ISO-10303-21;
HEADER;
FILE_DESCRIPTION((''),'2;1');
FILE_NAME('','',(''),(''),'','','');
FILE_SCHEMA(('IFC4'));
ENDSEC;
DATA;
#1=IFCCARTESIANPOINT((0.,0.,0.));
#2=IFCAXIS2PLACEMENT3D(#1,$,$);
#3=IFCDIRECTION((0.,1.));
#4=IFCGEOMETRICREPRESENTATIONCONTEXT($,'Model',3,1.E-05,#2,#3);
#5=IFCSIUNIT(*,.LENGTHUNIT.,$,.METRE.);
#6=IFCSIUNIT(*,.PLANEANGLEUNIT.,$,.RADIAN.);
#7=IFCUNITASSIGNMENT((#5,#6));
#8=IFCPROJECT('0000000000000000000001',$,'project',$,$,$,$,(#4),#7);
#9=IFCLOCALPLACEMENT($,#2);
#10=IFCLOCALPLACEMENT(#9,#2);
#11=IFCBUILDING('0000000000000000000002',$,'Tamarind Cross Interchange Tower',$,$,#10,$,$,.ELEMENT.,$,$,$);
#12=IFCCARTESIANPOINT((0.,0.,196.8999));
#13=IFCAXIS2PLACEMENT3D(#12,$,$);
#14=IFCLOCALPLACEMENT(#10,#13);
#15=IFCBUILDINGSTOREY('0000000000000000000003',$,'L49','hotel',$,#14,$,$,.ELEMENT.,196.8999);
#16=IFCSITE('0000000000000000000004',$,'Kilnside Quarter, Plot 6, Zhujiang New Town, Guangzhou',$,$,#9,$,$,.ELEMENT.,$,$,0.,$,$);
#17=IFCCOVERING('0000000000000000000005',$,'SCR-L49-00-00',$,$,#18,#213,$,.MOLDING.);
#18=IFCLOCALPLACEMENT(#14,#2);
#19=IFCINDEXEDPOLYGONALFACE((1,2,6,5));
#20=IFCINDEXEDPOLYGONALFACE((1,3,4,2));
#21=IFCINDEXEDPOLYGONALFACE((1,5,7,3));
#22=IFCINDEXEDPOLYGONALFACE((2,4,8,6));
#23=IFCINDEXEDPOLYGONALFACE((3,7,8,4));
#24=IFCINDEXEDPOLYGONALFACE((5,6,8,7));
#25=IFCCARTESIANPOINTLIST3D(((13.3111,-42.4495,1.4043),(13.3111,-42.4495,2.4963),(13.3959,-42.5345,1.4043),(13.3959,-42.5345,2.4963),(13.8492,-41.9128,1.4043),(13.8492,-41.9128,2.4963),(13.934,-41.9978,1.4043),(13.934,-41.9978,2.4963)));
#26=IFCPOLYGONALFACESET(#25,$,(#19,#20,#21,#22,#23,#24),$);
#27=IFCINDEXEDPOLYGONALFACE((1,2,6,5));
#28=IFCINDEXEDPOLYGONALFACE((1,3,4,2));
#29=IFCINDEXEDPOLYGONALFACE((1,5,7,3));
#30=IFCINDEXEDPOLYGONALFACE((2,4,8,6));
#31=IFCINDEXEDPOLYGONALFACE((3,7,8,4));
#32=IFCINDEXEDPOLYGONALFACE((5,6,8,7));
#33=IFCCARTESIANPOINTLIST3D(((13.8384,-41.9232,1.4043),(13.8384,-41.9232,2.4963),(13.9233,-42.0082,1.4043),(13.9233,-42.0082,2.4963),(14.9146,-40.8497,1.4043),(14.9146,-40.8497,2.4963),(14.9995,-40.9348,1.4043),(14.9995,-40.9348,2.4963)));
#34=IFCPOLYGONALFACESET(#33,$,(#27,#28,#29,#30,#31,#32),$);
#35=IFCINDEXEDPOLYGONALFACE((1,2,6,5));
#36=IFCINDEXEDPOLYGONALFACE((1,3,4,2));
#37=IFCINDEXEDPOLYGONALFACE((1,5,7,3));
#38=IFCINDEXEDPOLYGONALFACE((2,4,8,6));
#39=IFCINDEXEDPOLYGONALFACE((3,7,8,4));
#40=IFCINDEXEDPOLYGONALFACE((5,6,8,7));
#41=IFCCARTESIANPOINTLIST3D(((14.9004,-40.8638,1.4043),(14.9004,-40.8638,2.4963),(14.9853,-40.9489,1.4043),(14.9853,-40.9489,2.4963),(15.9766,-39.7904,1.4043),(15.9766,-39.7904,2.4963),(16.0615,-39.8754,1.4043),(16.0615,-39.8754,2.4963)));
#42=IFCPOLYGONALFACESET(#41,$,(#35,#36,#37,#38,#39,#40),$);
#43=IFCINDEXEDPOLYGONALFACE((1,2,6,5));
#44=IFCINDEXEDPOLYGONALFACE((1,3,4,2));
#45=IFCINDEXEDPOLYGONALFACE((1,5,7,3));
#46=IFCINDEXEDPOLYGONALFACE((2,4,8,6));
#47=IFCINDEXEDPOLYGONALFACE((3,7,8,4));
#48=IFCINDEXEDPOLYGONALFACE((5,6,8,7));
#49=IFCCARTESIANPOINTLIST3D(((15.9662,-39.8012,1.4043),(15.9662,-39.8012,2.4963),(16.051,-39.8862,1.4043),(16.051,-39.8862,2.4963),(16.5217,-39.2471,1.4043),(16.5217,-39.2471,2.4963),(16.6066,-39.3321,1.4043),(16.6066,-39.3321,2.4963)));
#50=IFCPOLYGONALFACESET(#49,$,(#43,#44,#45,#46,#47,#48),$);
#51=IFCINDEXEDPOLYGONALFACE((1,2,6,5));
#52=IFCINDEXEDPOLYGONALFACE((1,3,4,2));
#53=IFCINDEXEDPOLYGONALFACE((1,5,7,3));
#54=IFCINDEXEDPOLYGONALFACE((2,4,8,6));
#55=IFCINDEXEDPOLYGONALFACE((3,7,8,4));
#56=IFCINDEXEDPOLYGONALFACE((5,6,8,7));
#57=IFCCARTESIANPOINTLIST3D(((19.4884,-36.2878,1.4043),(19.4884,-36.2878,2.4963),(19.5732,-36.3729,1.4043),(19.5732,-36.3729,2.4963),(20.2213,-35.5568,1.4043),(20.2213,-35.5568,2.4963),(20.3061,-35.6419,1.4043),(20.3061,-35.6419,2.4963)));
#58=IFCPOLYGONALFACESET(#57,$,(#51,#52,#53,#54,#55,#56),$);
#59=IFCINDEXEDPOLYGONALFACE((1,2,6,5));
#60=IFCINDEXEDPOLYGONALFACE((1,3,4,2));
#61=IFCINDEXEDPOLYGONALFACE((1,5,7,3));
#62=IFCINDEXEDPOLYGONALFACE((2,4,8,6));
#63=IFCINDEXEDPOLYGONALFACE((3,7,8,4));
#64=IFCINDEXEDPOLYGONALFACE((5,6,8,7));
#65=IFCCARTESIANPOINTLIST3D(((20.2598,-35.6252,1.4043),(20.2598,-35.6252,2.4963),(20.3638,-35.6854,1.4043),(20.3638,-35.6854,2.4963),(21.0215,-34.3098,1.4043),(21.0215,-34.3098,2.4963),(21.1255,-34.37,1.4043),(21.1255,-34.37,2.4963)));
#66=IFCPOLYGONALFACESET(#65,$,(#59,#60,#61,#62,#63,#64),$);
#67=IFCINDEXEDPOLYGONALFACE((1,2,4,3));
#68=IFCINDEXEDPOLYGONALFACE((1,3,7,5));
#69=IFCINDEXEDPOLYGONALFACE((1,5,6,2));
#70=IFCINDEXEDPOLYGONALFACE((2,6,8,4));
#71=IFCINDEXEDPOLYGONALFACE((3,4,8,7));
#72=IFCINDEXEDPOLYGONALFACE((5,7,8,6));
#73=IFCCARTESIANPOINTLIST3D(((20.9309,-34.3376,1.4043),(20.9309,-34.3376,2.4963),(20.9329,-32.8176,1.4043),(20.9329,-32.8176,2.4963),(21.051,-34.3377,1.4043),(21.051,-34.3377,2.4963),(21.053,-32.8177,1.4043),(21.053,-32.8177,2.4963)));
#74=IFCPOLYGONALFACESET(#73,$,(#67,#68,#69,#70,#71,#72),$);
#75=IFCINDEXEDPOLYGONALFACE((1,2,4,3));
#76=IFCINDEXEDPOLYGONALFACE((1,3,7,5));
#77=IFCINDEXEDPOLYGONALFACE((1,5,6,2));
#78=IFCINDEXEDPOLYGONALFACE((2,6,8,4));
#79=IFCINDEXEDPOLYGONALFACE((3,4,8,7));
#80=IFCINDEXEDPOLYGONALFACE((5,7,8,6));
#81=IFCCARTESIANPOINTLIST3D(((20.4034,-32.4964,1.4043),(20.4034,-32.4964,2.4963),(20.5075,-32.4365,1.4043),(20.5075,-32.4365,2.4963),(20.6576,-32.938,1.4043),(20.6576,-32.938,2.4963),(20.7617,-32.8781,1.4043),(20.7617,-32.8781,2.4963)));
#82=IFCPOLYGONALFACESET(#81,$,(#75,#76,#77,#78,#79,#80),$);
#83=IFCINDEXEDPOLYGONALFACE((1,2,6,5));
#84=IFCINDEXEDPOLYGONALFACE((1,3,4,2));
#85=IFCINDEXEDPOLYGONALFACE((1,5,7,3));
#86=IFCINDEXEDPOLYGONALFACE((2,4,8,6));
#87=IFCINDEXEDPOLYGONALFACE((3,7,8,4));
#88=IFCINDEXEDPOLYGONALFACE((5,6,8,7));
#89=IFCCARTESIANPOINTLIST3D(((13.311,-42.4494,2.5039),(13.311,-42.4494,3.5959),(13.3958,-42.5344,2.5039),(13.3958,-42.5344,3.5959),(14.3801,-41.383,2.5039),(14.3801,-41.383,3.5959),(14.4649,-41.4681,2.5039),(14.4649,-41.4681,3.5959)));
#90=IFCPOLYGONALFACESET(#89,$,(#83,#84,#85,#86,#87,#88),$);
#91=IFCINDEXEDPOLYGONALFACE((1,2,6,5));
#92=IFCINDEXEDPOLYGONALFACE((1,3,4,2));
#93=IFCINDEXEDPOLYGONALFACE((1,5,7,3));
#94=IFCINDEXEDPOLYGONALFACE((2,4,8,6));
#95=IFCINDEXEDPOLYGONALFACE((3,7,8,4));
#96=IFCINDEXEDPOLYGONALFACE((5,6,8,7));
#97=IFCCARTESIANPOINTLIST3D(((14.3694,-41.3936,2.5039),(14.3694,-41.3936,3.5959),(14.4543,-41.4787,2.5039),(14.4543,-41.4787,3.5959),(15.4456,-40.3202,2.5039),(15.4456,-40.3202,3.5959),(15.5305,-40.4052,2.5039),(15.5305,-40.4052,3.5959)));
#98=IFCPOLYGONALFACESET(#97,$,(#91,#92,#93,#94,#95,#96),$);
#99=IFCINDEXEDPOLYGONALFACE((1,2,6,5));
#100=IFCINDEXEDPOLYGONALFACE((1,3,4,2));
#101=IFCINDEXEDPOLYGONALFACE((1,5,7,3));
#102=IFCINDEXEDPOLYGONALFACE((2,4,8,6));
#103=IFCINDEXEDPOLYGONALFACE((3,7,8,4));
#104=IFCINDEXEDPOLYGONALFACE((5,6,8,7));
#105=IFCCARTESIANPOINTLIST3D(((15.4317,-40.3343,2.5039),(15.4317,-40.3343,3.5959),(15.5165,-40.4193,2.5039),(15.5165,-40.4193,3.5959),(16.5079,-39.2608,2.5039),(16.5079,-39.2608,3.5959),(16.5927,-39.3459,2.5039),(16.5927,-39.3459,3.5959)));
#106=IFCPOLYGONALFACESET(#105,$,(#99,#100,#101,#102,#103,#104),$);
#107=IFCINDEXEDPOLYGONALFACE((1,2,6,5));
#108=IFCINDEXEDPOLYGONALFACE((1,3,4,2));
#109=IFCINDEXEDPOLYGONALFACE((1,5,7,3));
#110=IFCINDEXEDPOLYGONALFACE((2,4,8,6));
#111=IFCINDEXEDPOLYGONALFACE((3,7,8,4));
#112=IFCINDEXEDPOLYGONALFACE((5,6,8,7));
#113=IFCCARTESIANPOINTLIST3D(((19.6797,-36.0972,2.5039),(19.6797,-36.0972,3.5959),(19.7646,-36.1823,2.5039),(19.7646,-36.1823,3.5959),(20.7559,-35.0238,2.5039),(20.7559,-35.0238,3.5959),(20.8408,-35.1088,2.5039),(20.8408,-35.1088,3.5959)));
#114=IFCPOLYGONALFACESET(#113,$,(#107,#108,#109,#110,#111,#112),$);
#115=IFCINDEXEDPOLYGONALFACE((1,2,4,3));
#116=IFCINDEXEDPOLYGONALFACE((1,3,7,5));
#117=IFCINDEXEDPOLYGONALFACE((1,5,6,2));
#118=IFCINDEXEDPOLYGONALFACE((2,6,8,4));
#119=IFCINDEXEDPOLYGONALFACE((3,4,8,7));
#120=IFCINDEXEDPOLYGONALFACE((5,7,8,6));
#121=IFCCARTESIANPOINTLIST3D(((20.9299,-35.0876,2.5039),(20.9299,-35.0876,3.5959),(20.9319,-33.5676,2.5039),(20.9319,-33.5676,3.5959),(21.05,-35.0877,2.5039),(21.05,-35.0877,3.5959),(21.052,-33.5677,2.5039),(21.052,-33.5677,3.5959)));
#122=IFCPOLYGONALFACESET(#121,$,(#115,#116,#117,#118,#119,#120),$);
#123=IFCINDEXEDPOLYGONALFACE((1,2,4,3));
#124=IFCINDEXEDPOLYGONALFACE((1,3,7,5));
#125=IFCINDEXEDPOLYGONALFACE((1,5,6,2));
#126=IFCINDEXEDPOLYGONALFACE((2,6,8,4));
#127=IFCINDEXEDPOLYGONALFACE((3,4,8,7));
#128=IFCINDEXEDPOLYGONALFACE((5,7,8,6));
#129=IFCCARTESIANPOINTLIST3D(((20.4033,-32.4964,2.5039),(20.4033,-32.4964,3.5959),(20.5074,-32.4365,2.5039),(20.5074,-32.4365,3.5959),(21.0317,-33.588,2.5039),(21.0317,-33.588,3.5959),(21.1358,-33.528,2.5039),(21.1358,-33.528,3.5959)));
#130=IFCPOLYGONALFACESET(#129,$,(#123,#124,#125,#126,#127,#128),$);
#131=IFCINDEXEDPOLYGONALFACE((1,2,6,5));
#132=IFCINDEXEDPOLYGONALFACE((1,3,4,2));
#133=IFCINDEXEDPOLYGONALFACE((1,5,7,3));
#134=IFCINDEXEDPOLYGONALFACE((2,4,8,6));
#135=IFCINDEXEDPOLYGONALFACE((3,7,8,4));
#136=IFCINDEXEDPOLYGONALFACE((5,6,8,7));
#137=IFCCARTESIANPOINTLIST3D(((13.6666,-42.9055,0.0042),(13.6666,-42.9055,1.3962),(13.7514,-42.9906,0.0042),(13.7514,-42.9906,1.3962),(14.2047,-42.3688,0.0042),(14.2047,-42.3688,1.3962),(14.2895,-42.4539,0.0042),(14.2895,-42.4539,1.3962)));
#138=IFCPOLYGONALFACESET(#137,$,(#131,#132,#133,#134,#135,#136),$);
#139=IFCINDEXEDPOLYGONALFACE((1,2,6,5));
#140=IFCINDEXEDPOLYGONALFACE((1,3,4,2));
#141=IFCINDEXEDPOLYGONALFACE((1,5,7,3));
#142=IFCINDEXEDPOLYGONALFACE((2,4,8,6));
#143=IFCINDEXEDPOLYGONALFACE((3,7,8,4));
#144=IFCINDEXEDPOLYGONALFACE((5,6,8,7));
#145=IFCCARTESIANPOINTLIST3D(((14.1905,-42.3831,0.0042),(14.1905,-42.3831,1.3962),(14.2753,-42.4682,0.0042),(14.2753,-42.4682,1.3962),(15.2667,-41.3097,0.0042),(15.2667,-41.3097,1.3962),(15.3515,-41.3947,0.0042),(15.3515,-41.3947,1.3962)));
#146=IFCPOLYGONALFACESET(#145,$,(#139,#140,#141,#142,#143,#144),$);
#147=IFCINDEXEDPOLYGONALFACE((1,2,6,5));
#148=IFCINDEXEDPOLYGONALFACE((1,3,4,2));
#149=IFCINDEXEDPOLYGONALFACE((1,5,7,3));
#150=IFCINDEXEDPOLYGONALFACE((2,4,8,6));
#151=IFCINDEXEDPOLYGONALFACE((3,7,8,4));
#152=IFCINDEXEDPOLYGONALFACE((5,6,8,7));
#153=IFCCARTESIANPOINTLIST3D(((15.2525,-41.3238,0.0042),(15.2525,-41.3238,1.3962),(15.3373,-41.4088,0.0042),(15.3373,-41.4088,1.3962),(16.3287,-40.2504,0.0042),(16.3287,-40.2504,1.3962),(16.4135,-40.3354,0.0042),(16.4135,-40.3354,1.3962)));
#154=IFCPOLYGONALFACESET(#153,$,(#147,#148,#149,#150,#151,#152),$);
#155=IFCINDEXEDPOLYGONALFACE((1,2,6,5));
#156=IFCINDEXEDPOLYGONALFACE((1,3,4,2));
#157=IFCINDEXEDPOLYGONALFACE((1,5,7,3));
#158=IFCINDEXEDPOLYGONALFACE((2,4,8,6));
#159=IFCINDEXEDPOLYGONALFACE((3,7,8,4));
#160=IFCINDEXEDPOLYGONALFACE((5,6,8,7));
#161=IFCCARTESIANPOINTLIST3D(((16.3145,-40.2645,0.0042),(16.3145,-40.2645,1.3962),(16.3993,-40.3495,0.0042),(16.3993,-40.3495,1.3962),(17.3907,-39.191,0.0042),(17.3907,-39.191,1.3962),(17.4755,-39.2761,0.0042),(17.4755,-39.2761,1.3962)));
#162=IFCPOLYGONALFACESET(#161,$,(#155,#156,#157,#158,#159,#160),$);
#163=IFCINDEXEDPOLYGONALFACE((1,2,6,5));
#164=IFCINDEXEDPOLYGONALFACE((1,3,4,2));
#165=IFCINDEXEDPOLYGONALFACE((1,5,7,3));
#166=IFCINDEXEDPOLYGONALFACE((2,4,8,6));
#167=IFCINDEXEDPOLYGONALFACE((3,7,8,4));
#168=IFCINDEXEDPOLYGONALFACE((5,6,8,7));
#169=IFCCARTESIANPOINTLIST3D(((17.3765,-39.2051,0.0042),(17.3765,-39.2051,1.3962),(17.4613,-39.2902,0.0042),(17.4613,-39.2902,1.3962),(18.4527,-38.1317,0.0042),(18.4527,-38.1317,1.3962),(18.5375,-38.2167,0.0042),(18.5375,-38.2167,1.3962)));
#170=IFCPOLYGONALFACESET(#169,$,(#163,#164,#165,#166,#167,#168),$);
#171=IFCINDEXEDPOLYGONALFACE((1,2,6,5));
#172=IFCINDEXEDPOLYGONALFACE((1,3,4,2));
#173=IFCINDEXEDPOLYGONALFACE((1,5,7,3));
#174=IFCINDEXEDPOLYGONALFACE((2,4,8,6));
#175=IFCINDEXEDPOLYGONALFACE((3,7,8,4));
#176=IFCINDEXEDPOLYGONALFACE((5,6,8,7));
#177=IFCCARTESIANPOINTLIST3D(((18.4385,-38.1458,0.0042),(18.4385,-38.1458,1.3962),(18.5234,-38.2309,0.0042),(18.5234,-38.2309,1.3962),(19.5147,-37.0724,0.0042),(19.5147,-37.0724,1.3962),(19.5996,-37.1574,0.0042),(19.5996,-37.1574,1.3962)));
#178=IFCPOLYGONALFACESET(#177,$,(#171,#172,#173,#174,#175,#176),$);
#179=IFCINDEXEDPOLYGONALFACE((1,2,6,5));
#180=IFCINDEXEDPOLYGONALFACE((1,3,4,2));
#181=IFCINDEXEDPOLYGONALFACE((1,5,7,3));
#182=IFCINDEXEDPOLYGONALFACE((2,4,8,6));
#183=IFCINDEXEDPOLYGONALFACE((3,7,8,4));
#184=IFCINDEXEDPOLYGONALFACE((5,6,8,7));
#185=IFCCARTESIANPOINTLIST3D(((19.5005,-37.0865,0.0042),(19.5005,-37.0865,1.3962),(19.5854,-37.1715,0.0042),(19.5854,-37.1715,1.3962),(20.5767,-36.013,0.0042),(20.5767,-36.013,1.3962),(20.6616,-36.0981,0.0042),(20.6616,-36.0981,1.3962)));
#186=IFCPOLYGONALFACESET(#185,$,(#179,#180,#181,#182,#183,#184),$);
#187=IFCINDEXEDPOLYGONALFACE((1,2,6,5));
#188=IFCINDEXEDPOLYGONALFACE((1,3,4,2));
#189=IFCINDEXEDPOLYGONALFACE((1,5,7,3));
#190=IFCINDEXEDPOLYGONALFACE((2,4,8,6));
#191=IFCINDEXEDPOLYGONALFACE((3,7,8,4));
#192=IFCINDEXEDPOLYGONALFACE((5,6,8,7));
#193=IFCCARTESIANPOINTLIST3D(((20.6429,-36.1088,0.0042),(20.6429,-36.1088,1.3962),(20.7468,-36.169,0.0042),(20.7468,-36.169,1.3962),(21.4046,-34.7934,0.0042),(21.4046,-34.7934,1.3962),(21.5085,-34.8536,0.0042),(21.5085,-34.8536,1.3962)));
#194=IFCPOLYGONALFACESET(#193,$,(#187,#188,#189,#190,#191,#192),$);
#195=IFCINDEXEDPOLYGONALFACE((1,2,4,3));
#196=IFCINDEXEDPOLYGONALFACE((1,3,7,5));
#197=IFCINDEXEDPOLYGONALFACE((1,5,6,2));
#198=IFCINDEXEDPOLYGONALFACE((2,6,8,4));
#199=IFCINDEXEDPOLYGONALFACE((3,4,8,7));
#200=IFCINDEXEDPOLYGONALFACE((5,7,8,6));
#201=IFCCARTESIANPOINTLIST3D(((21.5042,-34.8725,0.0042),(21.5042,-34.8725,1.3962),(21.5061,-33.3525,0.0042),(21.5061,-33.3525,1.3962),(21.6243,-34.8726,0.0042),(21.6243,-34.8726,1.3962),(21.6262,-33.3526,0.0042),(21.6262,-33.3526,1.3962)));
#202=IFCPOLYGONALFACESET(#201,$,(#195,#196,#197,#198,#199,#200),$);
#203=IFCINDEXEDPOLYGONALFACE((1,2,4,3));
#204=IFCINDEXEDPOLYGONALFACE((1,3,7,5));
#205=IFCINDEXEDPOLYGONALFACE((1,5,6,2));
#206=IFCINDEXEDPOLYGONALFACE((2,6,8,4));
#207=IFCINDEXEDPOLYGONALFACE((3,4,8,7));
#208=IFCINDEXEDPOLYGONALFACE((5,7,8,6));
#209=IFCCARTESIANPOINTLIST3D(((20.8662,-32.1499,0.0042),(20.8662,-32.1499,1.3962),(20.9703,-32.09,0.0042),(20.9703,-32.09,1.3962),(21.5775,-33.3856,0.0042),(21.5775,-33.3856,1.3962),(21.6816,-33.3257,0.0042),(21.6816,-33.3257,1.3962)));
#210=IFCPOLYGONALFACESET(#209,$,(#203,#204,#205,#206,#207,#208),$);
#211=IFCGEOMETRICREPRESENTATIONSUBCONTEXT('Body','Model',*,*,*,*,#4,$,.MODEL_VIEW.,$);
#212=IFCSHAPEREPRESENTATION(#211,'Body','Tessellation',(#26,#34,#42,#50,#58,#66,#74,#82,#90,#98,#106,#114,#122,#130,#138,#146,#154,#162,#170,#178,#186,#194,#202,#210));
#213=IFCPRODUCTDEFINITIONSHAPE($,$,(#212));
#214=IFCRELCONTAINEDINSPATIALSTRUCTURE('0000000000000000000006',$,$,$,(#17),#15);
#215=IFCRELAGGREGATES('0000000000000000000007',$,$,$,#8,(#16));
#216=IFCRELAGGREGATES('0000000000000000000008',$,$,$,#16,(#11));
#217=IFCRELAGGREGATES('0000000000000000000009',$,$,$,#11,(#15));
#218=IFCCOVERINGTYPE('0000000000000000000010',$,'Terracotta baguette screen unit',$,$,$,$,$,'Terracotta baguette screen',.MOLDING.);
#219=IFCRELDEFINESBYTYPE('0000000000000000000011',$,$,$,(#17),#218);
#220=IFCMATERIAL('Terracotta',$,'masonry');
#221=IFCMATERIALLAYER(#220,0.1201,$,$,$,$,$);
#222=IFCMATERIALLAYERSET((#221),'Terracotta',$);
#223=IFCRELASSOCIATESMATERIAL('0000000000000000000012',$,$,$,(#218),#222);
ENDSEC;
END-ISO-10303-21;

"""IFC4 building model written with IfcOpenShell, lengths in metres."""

from ifc_helpers import new_model, si_unit, direction, frame, origin, origin_2d, place, context, subcontext, project, spatial, rectangle, extrude, material, layer, layer_set, type_object, element, save


model = new_model("IFC4")

# Units and contexts
model_context = context("Model", 3, precision=1e-05, world=origin(), true_north=direction((0.0, 1.0)))
body_context = subcontext(model_context, "Body", "Model", "MODEL_VIEW")
ifc_project = project(units=[si_unit("LENGTHUNIT", "METRE"), si_unit("PLANEANGLEUNIT", "RADIAN")], contexts=[model_context])

# Site, building, storey
site_placement = place(None, origin())
site = spatial("IfcSite", under=ifc_project, at=site_placement, Name="Kilnside Quarter, Plot 6, Zhujiang New Town, Guangzhou", CompositionType="ELEMENT", RefElevation=0.0)
building_placement = place(site_placement, origin())
building = spatial("IfcBuilding", under=site, at=building_placement, Name="Tamarind Cross Interchange Tower", CompositionType="ELEMENT")
storey_placement = place(building_placement, frame((0.0, 0.0, 196.8999)))
storey = spatial("IfcBuildingStorey", under=building, at=storey_placement, Name="L49", Description="hotel", CompositionType="ELEMENT", Elevation=196.8999)

# Covering
ifc_material_1 = material(Name="Terracotta", Category="masonry")
ifc_layer_1 = layer(ifc_material_1, 0.1201)
ifc_layer_set_1 = layer_set([ifc_layer_1], Name="Terracotta")
covering_type = type_object("IfcCoveringType", Name="Terracotta baguette screen unit", ElementType="Terracotta baguette screen", PredefinedType="MOLDING", material=ifc_layer_set_1)
covering_1_placement = place(storey_placement, origin())
element("IfcCovering", 1, at=covering_1_placement, inside=storey, type_object=covering_type, Name="SCR-L49-00-00", PredefinedType="MOLDING", context=body_context, shape_type="SweptSolid", body=[
    extrude(rectangle(XDim=0.76, YDim=0.1201, at=origin_2d()), frame((13.6226, -42.2236, 1.4043), z_axis=(0.0, 0.0, 1.0), x_axis=(0.708015, 0.706198, 0.0)), (0.0, 0.0, 1.0), 1.092),
    extrude(rectangle(XDim=1.52, YDim=0.1201, at=origin_2d()), frame((14.4189, -41.429, 1.4043), z_axis=(0.0, 0.0, 1.0), x_axis=(0.708015, 0.706198, 0.0)), (0.0, 0.0, 1.0), 1.092),
    extrude(rectangle(XDim=1.52, YDim=0.1201, at=origin_2d()), frame((15.481, -40.3696, 1.4043), z_axis=(0.0, 0.0, 1.0), x_axis=(0.708015, 0.706198, 0.0)), (0.0, 0.0, 1.0), 1.092),
    extrude(rectangle(XDim=0.7847, YDim=0.1201, at=origin_2d()), frame((16.2864, -39.5667, 1.4043), z_axis=(0.0, 0.0, 1.0), x_axis=(0.708015, 0.706198, 0.0)), (0.0, 0.0, 1.0), 1.092),
    extrude(rectangle(XDim=1.0352, YDim=0.1201, at=origin_2d()), frame((19.8972, -35.9648, 1.4043), z_axis=(0.0, 0.0, 1.0), x_axis=(0.708015, 0.706198, 0.0)), (0.0, 0.0, 1.0), 1.092),
    extrude(rectangle(XDim=1.52, YDim=0.1201, at=origin_2d()), frame((20.6926, -34.9976, 1.4043), z_axis=(0.0, 0.0, 1.0), x_axis=(0.501112, 0.865382, 0.0)), (0.0, 0.0, 1.0), 1.092),
    extrude(rectangle(XDim=1.52, YDim=0.1201, at=origin_2d()), frame((20.9919, -33.5776, 1.4043), z_axis=(0.0, 0.0, 1.0), x_axis=(0.001285, 0.999999, 0.0)), (0.0, 0.0, 1.0), 1.092),
    extrude(rectangle(XDim=0.5095, YDim=0.1201, at=origin_2d()), frame((20.5825, -32.6873, 1.4043), z_axis=(0.0, 0.0, 1.0), x_axis=(-0.498887, 0.866667, 0.0)), (0.0, 0.0, 1.0), 1.092),
    extrude(rectangle(XDim=1.51, YDim=0.1201, at=origin_2d()), frame((13.8879, -41.9587, 2.5039), z_axis=(0.0, 0.0, 1.0), x_axis=(0.708015, 0.706198, 0.0)), (0.0, 0.0, 1.0), 1.092),
    extrude(rectangle(XDim=1.52, YDim=0.1201, at=origin_2d()), frame((14.95, -40.8994, 2.5039), z_axis=(0.0, 0.0, 1.0), x_axis=(0.708015, 0.706198, 0.0)), (0.0, 0.0, 1.0), 1.092),
    extrude(rectangle(XDim=1.52, YDim=0.1201, at=origin_2d()), frame((16.0122, -39.8401, 2.5039), z_axis=(0.0, 0.0, 1.0), x_axis=(0.708015, 0.706198, 0.0)), (0.0, 0.0, 1.0), 1.092),
    extrude(rectangle(XDim=1.52, YDim=0.1201, at=origin_2d()), frame((20.2603, -35.603, 2.5039), z_axis=(0.0, 0.0, 1.0), x_axis=(0.708015, 0.706198, 0.0)), (0.0, 0.0, 1.0), 1.092),
    extrude(rectangle(XDim=1.52, YDim=0.1201, at=origin_2d()), frame((20.991, -34.3276, 2.5039), z_axis=(0.0, 0.0, 1.0), x_axis=(0.001285, 0.999999, 0.0)), (0.0, 0.0, 1.0), 1.092),
    extrude(rectangle(XDim=1.2595, YDim=0.1201, at=origin_2d()), frame((20.7695, -33.0122, 2.5039), z_axis=(0.0, 0.0, 1.0), x_axis=(-0.498887, 0.866667, 0.0)), (0.0, 0.0, 1.0), 1.092),
    extrude(rectangle(XDim=0.76, YDim=0.1201, at=origin_2d()), frame((13.978, -42.6797, 0.0042), z_axis=(0.0, 0.0, 1.0), x_axis=(0.708015, 0.706198, 0.0)), (0.0, 0.0, 1.0), 1.3921),
    extrude(rectangle(XDim=1.52, YDim=0.1201, at=origin_2d()), frame((14.771, -41.8889, 0.0042), z_axis=(0.0, 0.0, 1.0), x_axis=(0.708015, 0.706198, 0.0)), (0.0, 0.0, 1.0), 1.3921),
    extrude(rectangle(XDim=1.52, YDim=0.1201, at=origin_2d()), frame((15.833, -40.8296, 0.0042), z_axis=(0.0, 0.0, 1.0), x_axis=(0.708015, 0.706198, 0.0)), (0.0, 0.0, 1.0), 1.3921),
    extrude(rectangle(XDim=1.52, YDim=0.1201, at=origin_2d()), frame((16.895, -39.7703, 0.0042), z_axis=(0.0, 0.0, 1.0), x_axis=(0.708015, 0.706198, 0.0)), (0.0, 0.0, 1.0), 1.3921),
    extrude(rectangle(XDim=1.52, YDim=0.1201, at=origin_2d()), frame((17.957, -38.7109, 0.0042), z_axis=(0.0, 0.0, 1.0), x_axis=(0.708015, 0.706198, 0.0)), (0.0, 0.0, 1.0), 1.3921),
    extrude(rectangle(XDim=1.52, YDim=0.1201, at=origin_2d()), frame((19.019, -37.6516, 0.0042), z_axis=(0.0, 0.0, 1.0), x_axis=(0.708015, 0.706198, 0.0)), (0.0, 0.0, 1.0), 1.3921),
    extrude(rectangle(XDim=1.52, YDim=0.1201, at=origin_2d()), frame((20.0811, -36.5923, 0.0042), z_axis=(0.0, 0.0, 1.0), x_axis=(0.708015, 0.706198, 0.0)), (0.0, 0.0, 1.0), 1.3921),
    extrude(rectangle(XDim=1.52, YDim=0.1201, at=origin_2d()), frame((21.0757, -35.4812, 0.0042), z_axis=(0.0, 0.0, 1.0), x_axis=(0.501112, 0.865382, 0.0)), (0.0, 0.0, 1.0), 1.3921),
    extrude(rectangle(XDim=1.52, YDim=0.1201, at=origin_2d()), frame((21.5652, -34.1125, 0.0042), z_axis=(0.0, 0.0, 1.0), x_axis=(0.001285, 0.999999, 0.0)), (0.0, 0.0, 1.0), 1.3921),
    extrude(rectangle(XDim=1.4258, YDim=0.1201, at=origin_2d()), frame((21.2739, -32.7378, 0.0042), z_axis=(0.0, 0.0, 1.0), x_axis=(-0.498887, 0.866667, 0.0)), (0.0, 0.0, 1.0), 1.3921),
])

save(model, "model.ifc")
